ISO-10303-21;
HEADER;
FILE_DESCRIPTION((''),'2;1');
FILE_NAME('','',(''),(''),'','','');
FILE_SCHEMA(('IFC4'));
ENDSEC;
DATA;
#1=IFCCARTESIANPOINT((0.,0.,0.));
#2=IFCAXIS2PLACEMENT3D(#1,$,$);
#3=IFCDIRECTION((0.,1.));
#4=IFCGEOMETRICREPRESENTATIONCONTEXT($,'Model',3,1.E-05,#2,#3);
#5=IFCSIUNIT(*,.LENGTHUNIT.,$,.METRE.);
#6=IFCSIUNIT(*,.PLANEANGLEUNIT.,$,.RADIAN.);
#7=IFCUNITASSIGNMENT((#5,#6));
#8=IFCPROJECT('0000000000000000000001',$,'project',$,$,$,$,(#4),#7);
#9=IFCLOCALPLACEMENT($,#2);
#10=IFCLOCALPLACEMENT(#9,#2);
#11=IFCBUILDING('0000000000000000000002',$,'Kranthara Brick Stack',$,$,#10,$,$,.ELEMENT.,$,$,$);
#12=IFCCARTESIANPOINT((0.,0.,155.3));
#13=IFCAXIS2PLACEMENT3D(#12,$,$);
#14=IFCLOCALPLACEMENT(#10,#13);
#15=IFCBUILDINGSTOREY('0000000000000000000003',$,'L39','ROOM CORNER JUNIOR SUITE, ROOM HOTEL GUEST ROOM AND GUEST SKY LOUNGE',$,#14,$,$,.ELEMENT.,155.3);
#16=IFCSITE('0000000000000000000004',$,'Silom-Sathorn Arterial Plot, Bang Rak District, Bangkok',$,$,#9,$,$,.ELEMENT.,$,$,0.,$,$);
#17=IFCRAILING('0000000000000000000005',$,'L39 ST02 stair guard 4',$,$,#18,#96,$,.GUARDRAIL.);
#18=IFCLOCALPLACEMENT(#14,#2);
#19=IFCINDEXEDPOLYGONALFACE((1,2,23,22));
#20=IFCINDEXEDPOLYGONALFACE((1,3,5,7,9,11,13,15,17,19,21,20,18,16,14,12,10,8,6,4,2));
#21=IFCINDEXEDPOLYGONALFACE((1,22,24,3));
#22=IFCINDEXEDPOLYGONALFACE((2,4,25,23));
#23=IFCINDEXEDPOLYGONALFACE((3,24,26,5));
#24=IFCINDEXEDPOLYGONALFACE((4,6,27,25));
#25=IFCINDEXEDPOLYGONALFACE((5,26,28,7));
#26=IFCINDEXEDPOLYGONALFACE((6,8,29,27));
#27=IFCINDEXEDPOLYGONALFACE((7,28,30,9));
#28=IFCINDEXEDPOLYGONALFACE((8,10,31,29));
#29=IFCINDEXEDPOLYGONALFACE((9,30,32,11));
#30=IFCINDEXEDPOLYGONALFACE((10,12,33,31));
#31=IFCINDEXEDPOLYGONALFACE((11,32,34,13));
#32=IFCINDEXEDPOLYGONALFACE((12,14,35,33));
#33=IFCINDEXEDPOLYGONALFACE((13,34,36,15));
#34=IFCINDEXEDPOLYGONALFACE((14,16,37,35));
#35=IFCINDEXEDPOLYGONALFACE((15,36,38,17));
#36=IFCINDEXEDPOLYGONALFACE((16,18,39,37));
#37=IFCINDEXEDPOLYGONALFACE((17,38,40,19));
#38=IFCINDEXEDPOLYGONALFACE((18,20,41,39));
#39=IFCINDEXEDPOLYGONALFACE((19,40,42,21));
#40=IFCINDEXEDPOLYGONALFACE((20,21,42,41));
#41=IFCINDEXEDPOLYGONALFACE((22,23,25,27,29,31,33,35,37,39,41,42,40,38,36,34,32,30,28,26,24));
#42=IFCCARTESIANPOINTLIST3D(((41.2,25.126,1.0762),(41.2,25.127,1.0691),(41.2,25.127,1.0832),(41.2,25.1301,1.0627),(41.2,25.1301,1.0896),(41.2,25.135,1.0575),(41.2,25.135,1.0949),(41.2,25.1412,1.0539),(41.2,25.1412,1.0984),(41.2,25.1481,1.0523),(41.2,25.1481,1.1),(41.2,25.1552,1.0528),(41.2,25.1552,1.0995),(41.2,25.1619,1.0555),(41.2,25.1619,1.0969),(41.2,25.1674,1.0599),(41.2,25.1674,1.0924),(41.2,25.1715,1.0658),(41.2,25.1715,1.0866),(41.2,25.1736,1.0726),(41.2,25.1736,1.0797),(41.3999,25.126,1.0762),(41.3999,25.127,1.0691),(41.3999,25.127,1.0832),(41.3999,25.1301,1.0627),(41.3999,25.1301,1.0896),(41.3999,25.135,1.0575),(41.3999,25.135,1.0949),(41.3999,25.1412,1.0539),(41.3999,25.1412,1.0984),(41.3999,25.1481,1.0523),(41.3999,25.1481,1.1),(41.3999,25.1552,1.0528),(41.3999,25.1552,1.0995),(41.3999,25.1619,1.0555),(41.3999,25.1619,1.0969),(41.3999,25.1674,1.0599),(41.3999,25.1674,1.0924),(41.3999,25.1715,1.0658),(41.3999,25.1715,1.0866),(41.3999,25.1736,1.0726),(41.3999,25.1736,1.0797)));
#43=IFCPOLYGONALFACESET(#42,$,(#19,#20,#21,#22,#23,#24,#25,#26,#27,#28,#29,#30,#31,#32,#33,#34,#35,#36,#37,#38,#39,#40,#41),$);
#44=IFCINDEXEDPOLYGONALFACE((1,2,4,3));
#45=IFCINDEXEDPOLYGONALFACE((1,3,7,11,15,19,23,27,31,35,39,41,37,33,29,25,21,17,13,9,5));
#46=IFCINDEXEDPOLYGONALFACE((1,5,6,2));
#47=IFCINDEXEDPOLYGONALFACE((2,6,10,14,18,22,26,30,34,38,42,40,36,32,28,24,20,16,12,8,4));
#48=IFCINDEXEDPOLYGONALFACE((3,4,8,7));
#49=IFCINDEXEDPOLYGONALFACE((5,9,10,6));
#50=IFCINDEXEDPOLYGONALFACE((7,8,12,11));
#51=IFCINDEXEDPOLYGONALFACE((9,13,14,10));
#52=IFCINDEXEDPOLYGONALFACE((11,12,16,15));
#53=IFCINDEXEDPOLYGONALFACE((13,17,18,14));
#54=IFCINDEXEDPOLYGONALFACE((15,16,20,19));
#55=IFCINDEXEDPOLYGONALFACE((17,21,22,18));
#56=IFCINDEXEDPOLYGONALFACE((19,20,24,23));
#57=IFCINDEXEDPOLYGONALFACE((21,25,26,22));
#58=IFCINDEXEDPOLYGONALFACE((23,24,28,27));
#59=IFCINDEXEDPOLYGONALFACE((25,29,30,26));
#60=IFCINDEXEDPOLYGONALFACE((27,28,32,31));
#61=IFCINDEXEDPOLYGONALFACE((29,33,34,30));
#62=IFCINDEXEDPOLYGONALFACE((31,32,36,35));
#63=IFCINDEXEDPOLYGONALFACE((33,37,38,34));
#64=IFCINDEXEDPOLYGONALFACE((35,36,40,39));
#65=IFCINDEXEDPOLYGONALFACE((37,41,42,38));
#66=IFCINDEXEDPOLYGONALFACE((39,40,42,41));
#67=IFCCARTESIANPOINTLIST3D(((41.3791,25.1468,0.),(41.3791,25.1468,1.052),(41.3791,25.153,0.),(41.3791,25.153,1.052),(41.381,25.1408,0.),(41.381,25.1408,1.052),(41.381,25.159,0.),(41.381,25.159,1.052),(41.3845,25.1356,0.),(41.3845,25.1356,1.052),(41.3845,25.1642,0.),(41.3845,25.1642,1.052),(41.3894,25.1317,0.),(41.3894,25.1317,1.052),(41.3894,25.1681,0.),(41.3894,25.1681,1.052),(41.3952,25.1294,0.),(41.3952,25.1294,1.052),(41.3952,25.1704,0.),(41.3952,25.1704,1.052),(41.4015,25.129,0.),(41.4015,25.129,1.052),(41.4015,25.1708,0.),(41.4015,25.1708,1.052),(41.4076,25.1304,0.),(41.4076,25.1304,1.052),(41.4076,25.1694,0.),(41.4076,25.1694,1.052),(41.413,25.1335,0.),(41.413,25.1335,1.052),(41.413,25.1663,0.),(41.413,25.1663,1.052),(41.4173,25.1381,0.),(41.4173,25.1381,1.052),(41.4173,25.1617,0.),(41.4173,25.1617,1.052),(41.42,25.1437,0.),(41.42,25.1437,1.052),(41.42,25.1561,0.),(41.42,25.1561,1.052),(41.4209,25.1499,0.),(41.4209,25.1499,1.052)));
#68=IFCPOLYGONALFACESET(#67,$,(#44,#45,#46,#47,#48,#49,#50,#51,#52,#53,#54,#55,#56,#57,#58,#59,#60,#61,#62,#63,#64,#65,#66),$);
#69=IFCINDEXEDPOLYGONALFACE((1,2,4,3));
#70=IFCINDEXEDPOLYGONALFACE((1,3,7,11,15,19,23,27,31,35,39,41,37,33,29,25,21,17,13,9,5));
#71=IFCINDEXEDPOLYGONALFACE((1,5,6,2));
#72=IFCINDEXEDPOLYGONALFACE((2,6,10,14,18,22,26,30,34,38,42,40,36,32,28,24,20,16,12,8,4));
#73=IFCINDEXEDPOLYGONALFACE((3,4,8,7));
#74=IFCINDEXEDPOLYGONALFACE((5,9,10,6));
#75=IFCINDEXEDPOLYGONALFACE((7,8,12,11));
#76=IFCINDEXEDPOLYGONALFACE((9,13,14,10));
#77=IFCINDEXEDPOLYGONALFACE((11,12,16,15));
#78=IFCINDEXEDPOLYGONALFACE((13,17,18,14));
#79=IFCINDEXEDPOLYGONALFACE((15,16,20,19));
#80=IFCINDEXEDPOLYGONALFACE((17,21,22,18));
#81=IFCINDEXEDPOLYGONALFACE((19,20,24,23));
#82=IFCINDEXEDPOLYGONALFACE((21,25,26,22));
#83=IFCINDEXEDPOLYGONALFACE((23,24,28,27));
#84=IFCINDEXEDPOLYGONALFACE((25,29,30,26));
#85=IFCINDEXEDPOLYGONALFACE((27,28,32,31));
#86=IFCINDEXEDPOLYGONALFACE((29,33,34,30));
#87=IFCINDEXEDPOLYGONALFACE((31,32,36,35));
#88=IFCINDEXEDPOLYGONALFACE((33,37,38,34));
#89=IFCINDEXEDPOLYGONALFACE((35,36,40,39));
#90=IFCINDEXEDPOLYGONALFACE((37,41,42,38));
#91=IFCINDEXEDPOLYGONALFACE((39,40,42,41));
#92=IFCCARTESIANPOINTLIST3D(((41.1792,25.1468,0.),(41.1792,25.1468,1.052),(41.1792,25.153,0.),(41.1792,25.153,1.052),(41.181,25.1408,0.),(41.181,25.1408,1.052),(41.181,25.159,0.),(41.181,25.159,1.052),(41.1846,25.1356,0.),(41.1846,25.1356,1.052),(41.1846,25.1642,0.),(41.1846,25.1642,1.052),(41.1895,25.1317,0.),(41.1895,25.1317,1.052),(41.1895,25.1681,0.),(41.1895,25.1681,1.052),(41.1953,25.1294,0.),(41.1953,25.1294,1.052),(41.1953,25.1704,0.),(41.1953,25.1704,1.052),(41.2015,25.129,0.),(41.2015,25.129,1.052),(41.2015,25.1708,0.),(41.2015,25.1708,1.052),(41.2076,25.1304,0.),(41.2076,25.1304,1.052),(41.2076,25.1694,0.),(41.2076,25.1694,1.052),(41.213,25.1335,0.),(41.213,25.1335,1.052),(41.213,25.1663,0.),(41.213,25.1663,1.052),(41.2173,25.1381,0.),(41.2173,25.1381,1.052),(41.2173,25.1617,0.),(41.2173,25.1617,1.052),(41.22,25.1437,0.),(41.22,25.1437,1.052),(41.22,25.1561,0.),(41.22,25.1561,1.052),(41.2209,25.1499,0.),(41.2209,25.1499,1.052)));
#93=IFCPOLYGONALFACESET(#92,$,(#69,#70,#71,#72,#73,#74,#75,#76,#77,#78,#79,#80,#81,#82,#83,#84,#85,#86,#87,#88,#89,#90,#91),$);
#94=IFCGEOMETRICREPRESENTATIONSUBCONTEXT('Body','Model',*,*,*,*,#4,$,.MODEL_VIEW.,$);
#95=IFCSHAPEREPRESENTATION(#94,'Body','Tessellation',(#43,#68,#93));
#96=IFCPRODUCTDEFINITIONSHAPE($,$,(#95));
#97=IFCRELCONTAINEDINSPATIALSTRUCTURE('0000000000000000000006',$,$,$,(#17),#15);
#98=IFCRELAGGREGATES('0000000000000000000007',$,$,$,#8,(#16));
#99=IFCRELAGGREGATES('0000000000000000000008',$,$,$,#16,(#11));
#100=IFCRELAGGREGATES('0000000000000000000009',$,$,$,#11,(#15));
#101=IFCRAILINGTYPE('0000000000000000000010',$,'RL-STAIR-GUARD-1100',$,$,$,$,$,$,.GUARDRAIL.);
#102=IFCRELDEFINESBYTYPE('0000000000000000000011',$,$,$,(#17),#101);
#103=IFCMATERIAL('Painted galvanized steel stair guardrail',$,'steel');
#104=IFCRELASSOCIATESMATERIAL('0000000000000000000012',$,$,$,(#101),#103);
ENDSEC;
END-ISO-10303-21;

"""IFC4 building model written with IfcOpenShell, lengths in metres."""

from ifc_helpers import new_model, si_unit, direction, frame, origin, origin_2d, place, context, subcontext, project, spatial, circle, extrude, material, type_object, element, save


model = new_model("IFC4")

# Units and contexts
model_context = context("Model", 3, precision=1e-05, world=origin(), true_north=direction((0.0, 1.0)))
body_context = subcontext(model_context, "Body", "Model", "MODEL_VIEW")
ifc_project = project(units=[si_unit("LENGTHUNIT", "METRE"), si_unit("PLANEANGLEUNIT", "RADIAN")], contexts=[model_context])

# Site, building, storey
site_placement = place(None, origin())
site = spatial("IfcSite", under=ifc_project, at=site_placement, Name="Silom-Sathorn Arterial Plot, Bang Rak District, Bangkok", CompositionType="ELEMENT", RefElevation=0.0)
building_placement = place(site_placement, origin())
building = spatial("IfcBuilding", under=site, at=building_placement, Name="Kranthara Brick Stack", CompositionType="ELEMENT")
storey_placement = place(building_placement, frame((0.0, 0.0, 155.3)))
storey = spatial("IfcBuildingStorey", under=building, at=storey_placement, Name="L39", Description="ROOM CORNER JUNIOR SUITE, ROOM HOTEL GUEST ROOM AND GUEST SKY LOUNGE", CompositionType="ELEMENT", Elevation=155.3)

# Railing
ifc_material_1 = material(Name="Painted galvanized steel stair guardrail", Category="steel")
railing_type_1 = type_object("IfcRailingType", Name="RL-STAIR-GUARD-1100", PredefinedType="GUARDRAIL", material=ifc_material_1)
railing_1_placement = place(storey_placement, frame((41.3999, 25.1499, 0.0)))
element("IfcRailing", 1, at=railing_1_placement, inside=storey, type_object=railing_type_1, Name="L39 ST02 stair guard 4", PredefinedType="GUARDRAIL", context=body_context, shape_type="SweptSolid", body=[
    extrude(circle(Radius=0.0239, at=origin_2d()), frame((0.0, 0.0, 1.0762), z_axis=(-1.0, 0.0, 0.0), x_axis=(0.0, -1.0, 0.0)), (0.0, 0.0, 1.0), 0.2),
    extrude(circle(Radius=0.021, at=origin_2d()), origin(), (0.0, 0.0, 1.0), 1.052),
    extrude(circle(Radius=0.021, at=origin_2d()), frame((-0.2, 0.0, 0.0)), (0.0, 0.0, 1.0), 1.052),
])

save(model, "model.ifc")
